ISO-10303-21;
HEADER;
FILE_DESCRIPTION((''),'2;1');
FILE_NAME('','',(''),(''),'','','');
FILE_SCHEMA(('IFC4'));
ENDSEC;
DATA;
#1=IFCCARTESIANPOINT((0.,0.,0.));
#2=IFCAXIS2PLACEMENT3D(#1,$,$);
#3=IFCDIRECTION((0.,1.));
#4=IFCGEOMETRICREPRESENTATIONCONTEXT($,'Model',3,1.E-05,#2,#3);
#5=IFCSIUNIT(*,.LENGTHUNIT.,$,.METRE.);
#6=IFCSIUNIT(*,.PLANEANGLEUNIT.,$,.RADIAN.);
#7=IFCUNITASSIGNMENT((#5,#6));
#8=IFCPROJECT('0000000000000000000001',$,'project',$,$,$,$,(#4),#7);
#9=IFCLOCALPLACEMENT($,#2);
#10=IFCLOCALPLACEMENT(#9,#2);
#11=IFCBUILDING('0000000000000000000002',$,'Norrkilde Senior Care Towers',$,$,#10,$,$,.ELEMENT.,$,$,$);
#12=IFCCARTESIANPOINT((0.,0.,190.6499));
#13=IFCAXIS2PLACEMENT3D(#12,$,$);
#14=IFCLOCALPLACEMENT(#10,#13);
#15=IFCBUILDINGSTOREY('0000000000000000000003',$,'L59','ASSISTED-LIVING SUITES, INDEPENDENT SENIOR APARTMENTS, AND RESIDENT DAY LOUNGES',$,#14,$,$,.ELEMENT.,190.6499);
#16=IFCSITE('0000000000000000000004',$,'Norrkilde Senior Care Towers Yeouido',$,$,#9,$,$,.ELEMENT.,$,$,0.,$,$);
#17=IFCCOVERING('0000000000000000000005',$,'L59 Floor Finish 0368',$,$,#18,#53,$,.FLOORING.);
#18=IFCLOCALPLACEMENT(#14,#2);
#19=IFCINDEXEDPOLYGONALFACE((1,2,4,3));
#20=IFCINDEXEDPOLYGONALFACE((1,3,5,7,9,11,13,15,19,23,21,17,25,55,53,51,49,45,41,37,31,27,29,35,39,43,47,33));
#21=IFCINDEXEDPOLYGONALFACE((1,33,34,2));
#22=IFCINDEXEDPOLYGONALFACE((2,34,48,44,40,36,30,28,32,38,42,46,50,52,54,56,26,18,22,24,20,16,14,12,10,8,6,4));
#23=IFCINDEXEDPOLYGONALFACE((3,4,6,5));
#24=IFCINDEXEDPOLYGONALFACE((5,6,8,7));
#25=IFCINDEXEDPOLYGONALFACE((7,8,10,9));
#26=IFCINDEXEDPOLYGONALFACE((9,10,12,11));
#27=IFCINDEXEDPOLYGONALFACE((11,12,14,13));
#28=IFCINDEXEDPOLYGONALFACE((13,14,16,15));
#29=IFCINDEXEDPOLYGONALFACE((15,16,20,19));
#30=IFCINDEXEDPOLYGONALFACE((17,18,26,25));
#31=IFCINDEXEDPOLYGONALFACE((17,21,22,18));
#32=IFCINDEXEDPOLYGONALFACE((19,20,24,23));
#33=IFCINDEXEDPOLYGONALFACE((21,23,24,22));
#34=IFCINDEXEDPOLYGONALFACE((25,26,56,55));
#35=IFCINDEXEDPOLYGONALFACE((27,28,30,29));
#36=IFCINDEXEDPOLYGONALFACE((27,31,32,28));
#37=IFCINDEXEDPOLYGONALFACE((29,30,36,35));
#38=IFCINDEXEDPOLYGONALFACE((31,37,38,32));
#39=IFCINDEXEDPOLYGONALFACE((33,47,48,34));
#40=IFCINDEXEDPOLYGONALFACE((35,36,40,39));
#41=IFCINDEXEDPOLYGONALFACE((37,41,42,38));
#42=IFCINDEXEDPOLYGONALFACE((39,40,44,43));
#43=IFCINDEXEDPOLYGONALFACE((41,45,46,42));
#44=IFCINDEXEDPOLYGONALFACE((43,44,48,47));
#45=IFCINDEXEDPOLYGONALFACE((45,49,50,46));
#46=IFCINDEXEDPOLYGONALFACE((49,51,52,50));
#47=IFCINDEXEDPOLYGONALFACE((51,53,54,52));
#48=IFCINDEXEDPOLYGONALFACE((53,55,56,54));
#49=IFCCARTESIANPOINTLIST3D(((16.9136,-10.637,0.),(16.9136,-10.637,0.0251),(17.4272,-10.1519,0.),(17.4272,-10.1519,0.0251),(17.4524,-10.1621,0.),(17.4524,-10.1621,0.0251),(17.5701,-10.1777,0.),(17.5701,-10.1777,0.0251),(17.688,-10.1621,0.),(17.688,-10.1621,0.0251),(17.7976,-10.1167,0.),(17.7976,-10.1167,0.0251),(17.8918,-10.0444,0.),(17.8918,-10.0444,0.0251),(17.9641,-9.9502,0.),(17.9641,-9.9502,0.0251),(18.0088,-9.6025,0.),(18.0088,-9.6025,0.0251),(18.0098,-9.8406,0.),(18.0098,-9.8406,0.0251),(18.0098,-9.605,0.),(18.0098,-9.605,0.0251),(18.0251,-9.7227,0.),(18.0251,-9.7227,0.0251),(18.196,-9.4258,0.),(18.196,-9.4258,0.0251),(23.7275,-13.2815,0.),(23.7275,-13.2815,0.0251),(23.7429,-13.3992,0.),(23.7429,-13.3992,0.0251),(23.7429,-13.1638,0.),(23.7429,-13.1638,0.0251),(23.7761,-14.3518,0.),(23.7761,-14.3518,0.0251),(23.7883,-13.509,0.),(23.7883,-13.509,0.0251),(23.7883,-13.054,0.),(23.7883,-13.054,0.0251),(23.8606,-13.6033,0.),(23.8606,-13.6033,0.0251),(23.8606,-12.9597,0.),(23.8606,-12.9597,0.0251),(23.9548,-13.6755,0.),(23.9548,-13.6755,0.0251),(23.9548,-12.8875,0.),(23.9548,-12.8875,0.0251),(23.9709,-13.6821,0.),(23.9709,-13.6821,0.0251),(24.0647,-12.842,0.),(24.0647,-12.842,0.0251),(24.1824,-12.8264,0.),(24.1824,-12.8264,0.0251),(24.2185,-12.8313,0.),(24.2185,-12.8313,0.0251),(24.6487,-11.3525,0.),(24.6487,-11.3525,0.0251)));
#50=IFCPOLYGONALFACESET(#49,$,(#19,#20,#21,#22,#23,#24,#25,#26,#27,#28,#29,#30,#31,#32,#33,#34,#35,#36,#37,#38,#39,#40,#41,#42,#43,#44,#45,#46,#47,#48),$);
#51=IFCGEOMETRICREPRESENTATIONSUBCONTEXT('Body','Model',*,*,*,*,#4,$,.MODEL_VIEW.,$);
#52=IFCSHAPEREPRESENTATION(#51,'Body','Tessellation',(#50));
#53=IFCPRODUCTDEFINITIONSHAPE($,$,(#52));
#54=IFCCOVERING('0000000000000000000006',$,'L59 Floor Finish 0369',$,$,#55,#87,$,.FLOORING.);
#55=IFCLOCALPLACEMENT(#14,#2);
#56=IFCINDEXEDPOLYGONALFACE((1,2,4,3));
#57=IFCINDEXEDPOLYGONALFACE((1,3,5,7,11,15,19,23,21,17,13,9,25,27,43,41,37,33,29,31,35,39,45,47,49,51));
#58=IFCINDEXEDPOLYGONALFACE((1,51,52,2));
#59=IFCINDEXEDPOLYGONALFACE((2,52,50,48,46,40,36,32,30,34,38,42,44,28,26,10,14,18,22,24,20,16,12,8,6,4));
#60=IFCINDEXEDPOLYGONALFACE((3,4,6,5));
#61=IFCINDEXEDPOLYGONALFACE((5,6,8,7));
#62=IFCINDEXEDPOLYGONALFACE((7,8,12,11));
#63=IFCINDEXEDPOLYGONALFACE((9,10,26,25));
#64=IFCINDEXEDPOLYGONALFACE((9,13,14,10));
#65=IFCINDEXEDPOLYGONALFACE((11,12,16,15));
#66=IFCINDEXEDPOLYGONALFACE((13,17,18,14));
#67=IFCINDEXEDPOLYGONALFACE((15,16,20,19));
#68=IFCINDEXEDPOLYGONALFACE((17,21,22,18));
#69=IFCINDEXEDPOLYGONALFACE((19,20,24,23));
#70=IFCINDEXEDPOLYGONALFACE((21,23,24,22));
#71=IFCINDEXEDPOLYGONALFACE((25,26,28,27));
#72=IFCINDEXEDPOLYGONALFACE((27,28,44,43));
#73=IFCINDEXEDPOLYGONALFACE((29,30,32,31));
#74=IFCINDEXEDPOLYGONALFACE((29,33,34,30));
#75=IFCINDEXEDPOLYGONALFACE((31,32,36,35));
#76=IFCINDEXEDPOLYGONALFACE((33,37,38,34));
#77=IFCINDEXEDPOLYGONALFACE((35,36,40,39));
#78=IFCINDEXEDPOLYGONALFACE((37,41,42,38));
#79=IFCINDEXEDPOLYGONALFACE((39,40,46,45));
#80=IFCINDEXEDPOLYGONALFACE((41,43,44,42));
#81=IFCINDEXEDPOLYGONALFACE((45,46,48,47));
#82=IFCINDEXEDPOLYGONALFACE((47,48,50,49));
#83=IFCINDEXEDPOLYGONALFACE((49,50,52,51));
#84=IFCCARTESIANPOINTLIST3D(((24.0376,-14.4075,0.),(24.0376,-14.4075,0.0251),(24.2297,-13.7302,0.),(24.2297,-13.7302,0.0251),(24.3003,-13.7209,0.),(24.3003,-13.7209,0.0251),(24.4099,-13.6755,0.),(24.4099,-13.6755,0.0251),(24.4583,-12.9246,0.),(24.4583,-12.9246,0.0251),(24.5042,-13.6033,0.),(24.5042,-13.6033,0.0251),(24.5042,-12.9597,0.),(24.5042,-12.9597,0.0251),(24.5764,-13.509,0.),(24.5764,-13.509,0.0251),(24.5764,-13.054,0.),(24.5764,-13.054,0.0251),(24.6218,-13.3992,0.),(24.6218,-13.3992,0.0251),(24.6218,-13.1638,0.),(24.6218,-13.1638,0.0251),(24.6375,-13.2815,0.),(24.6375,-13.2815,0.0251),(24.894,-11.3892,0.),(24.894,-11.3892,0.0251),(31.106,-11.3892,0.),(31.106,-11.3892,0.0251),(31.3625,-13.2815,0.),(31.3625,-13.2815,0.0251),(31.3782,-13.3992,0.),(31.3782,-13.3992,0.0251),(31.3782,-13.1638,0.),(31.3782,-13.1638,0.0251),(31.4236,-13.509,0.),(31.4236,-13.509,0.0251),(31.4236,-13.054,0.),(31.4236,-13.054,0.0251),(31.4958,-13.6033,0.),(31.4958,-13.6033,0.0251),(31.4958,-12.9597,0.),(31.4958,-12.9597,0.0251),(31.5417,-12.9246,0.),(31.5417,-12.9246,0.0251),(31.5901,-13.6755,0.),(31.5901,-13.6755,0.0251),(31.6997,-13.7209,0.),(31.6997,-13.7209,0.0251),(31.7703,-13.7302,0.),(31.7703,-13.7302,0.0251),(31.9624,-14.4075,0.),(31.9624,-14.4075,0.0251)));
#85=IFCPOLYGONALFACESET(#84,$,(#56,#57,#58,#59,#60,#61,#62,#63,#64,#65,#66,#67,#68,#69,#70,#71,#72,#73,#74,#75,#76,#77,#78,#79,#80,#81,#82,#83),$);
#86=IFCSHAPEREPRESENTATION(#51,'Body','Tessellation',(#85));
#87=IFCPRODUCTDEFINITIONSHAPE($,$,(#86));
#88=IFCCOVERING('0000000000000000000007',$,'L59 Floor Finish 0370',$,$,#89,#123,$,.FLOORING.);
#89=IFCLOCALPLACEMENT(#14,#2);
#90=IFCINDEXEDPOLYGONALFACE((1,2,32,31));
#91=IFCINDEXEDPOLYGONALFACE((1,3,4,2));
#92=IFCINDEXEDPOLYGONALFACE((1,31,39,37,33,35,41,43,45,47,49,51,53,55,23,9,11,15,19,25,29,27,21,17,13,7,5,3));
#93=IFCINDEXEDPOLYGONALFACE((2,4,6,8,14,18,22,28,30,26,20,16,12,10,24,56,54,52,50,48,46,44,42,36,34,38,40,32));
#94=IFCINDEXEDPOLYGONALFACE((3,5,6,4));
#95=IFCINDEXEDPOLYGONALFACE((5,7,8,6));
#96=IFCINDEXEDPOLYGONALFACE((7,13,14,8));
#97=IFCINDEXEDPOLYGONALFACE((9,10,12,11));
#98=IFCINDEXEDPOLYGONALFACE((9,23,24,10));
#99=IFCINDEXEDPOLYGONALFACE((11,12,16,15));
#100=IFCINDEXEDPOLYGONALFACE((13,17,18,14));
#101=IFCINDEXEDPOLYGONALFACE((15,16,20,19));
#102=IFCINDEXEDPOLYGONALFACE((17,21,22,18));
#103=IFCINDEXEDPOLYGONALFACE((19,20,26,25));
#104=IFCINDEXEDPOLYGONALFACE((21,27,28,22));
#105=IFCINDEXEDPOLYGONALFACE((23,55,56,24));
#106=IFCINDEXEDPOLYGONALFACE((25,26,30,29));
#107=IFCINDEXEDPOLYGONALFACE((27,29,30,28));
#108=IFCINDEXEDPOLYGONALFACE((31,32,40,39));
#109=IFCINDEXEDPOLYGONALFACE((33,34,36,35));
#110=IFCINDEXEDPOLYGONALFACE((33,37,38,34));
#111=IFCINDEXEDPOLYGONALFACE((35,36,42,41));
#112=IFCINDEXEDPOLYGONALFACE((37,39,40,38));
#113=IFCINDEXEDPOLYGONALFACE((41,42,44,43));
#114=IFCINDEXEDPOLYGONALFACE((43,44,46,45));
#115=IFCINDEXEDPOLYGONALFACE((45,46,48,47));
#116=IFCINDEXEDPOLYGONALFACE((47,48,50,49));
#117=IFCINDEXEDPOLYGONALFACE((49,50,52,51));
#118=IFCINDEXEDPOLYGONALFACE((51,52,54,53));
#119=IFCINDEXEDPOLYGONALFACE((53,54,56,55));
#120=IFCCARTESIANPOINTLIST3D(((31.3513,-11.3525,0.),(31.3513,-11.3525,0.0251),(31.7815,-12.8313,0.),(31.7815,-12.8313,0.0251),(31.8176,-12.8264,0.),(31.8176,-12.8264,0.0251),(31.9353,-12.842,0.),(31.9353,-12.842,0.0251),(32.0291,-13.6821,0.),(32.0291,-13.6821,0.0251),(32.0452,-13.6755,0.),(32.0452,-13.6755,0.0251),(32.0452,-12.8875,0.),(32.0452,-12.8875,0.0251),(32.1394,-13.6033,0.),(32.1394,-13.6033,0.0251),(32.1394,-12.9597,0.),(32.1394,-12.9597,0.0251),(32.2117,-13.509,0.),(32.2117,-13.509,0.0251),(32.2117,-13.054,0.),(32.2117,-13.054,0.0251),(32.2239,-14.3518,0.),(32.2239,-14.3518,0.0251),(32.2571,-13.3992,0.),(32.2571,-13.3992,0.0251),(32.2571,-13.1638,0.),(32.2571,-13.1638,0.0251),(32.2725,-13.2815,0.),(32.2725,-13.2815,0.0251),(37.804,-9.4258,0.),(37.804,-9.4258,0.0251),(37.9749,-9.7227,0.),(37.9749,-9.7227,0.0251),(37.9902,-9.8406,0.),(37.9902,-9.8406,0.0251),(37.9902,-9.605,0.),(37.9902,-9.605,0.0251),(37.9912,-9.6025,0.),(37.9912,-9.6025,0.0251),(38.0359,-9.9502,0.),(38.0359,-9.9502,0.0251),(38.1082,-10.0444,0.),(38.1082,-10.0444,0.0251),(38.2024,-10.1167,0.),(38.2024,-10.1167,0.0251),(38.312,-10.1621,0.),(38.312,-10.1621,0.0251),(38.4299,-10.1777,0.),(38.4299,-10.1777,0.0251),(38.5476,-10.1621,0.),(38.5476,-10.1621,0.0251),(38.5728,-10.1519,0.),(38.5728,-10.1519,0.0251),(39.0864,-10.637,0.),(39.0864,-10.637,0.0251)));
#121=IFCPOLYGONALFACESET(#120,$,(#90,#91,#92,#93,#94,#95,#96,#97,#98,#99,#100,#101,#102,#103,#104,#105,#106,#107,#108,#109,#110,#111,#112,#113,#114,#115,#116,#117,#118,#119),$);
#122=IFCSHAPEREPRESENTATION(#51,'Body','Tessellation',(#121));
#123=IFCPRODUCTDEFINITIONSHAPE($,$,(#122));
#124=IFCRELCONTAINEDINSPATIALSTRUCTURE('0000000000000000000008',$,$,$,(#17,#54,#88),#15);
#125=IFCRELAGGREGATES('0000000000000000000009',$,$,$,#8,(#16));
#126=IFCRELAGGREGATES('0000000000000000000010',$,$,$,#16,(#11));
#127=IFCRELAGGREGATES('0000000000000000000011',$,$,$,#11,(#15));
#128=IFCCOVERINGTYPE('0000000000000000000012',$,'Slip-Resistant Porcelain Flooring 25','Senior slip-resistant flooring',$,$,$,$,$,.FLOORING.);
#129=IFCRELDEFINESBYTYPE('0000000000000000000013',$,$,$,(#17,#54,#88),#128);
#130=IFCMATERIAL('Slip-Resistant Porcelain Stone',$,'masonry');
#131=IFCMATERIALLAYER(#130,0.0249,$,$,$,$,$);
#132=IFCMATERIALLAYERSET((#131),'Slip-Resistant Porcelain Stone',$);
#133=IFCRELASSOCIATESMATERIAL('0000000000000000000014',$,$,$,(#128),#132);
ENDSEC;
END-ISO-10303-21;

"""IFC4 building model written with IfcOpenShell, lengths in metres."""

from ifc_helpers import new_model, si_unit, direction, frame, origin, place, context, subcontext, project, spatial, polyline, outline, extrude, material, layer, layer_set, type_object, element, save


model = new_model("IFC4")

# Units and contexts
model_context = context("Model", 3, precision=1e-05, world=origin(), true_north=direction((0.0, 1.0)))
body_context = subcontext(model_context, "Body", "Model", "MODEL_VIEW")
ifc_project = project(units=[si_unit("LENGTHUNIT", "METRE"), si_unit("PLANEANGLEUNIT", "RADIAN")], contexts=[model_context])

# Site, building, storey
site_placement = place(None, origin())
site = spatial("IfcSite", under=ifc_project, at=site_placement, Name="Norrkilde Senior Care Towers Yeouido", CompositionType="ELEMENT", RefElevation=0.0)
building_placement = place(site_placement, origin())
building = spatial("IfcBuilding", under=site, at=building_placement, Name="Norrkilde Senior Care Towers", CompositionType="ELEMENT")
storey_placement = place(building_placement, frame((0.0, 0.0, 190.6499)))
storey = spatial("IfcBuildingStorey", under=building, at=storey_placement, Name="L59", Description="ASSISTED-LIVING SUITES, INDEPENDENT SENIOR APARTMENTS, AND RESIDENT DAY LOUNGES", CompositionType="ELEMENT", Elevation=190.6499)

# Coverings
ifc_material_1 = material(Name="Slip-Resistant Porcelain Stone", Category="masonry")
ifc_layer_1 = layer(ifc_material_1, 0.0249)
ifc_layer_set_1 = layer_set([ifc_layer_1], Name="Slip-Resistant Porcelain Stone")
covering_type_1 = type_object("IfcCoveringType", Name="Slip-Resistant Porcelain Flooring 25", Description="Senior slip-resistant flooring", PredefinedType="FLOORING", material=ifc_layer_set_1)
covering_1_placement = place(storey_placement, origin())
element("IfcCovering", 1, at=covering_1_placement, inside=storey, type_object=covering_type_1, Name="L59 Floor Finish 0368", PredefinedType="FLOORING", context=body_context, shape_type="SweptSolid", body=[
    extrude(outline(polyline([(17.4524, -10.1621), (17.5701, -10.1777), (17.688, -10.1621), (17.7976, -10.1167), (17.8918, -10.0444), (17.9641, -9.9502), (18.0098, -9.8406), (18.0251, -9.7227), (18.0098, -9.605), (18.0088, -9.6025), (18.196, -9.4258), (24.6487, -11.3525), (24.2185, -12.8313), (24.1824, -12.8264), (24.0647, -12.842), (23.9548, -12.8875), (23.8606, -12.9597), (23.7883, -13.054), (23.7429, -13.1638), (23.7275, -13.2815), (23.7429, -13.3992), (23.7883, -13.509), (23.8606, -13.6033), (23.9548, -13.6755), (23.9709, -13.6821), (23.7761, -14.3518), (16.9136, -10.637), (17.4272, -10.1519), (17.4524, -10.1621)])), origin(), (0.0, 0.0, 1.0), 0.0251),
])
covering_2_placement = place(storey_placement, origin())
element("IfcCovering", 2, at=covering_2_placement, inside=storey, type_object=covering_type_1, Name="L59 Floor Finish 0369", PredefinedType="FLOORING", context=body_context, shape_type="SweptSolid", body=[
    extrude(outline(polyline([(24.2297, -13.7302), (24.3003, -13.7209), (24.4099, -13.6755), (24.5042, -13.6033), (24.5764, -13.509), (24.6218, -13.3992), (24.6375, -13.2815), (24.6218, -13.1638), (24.5764, -13.054), (24.5042, -12.9597), (24.4583, -12.9246), (24.894, -11.3892), (31.106, -11.3892), (31.5417, -12.9246), (31.4958, -12.9597), (31.4236, -13.054), (31.3782, -13.1638), (31.3625, -13.2815), (31.3782, -13.3992), (31.4236, -13.509), (31.4958, -13.6033), (31.5901, -13.6755), (31.6997, -13.7209), (31.7703, -13.7302), (31.9624, -14.4075), (24.0376, -14.4075), (24.2297, -13.7302)])), origin(), (0.0, 0.0, 1.0), 0.0251),
])
covering_3_placement = place(storey_placement, origin())
element("IfcCovering", 3, at=covering_3_placement, inside=storey, type_object=covering_type_1, Name="L59 Floor Finish 0370", PredefinedType="FLOORING", context=body_context, shape_type="SweptSolid", body=[
    extrude(outline(polyline([(32.2239, -14.3518), (32.0291, -13.6821), (32.0452, -13.6755), (32.1394, -13.6033), (32.2117, -13.509), (32.2571, -13.3992), (32.2725, -13.2815), (32.2571, -13.1638), (32.2117, -13.054), (32.1394, -12.9597), (32.0452, -12.8875), (31.9353, -12.842), (31.8176, -12.8264), (31.7815, -12.8313), (31.3513, -11.3525), (37.804, -9.4258), (37.9912, -9.6025), (37.9902, -9.605), (37.9749, -9.7227), (37.9902, -9.8406), (38.0359, -9.9502), (38.1082, -10.0444), (38.2024, -10.1167), (38.312, -10.1621), (38.4299, -10.1777), (38.5476, -10.1621), (38.5728, -10.1519), (39.0864, -10.637), (32.2239, -14.3518)])), origin(), (0.0, 0.0, 1.0), 0.0251),
])

save(model, "model.ifc")
